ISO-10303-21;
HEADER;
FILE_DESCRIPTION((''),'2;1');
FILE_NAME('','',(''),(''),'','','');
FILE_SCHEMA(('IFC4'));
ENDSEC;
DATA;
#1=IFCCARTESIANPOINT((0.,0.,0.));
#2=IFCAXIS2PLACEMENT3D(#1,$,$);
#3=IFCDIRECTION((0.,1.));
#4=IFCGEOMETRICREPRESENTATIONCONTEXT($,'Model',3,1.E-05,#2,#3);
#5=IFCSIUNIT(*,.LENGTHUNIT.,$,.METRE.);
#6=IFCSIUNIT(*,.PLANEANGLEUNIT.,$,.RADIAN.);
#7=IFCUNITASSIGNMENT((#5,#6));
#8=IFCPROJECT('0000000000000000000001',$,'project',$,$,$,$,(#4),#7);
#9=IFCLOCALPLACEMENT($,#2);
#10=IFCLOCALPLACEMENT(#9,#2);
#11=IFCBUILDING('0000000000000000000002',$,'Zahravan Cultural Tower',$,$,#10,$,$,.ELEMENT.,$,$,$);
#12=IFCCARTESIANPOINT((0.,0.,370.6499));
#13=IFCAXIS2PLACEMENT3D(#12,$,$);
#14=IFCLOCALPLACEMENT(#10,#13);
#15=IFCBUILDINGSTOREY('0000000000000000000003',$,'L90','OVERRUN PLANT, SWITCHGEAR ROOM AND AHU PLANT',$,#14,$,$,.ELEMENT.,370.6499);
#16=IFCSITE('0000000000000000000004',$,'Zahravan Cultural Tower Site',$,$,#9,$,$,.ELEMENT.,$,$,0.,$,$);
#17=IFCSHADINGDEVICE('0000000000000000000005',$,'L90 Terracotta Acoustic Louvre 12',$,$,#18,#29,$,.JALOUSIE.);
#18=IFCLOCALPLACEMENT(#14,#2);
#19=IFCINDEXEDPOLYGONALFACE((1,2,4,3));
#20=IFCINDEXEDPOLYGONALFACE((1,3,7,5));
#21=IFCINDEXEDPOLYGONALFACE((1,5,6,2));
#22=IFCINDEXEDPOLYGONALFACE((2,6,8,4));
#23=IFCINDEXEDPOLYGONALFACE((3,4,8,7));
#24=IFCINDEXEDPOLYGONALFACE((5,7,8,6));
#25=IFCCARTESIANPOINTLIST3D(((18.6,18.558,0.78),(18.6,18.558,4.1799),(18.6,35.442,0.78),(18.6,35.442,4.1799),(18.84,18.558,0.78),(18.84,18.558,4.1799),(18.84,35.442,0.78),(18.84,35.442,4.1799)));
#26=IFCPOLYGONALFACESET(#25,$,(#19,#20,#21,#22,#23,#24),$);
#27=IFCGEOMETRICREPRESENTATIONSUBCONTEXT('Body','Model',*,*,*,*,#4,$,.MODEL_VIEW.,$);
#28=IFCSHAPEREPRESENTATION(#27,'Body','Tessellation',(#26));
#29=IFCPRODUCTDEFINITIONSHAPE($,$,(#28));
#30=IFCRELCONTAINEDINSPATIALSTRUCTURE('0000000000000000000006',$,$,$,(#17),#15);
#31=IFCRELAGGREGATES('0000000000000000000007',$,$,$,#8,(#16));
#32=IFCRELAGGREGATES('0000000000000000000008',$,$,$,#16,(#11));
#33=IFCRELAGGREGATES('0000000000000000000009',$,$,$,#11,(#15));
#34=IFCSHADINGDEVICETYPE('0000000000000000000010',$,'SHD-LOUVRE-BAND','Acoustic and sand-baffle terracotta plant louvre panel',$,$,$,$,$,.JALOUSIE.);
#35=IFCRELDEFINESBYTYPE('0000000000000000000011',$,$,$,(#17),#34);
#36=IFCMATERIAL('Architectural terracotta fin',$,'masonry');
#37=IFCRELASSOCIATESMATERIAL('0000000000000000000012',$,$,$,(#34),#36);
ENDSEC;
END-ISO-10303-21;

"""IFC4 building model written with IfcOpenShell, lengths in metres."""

from ifc_helpers import new_model, si_unit, direction, frame, origin, origin_2d, place, context, subcontext, project, spatial, rectangle, extrude, source, transform, mapped, material, type_object, element, save


model = new_model("IFC4")

# Units and contexts
model_context = context("Model", 3, precision=1e-05, world=origin(), true_north=direction((0.0, 1.0)))
body_context = subcontext(model_context, "Body", "Model", "MODEL_VIEW")
ifc_project = project(units=[si_unit("LENGTHUNIT", "METRE"), si_unit("PLANEANGLEUNIT", "RADIAN")], contexts=[model_context])

# Site, building, storey
site_placement = place(None, origin())
site = spatial("IfcSite", under=ifc_project, at=site_placement, Name="Zahravan Cultural Tower Site", CompositionType="ELEMENT", RefElevation=0.0)
building_placement = place(site_placement, origin())
building = spatial("IfcBuilding", under=site, at=building_placement, Name="Zahravan Cultural Tower", CompositionType="ELEMENT")
storey_placement = place(building_placement, frame((0.0, 0.0, 370.6499)))
storey = spatial("IfcBuildingStorey", under=building, at=storey_placement, Name="L90", Description="OVERRUN PLANT, SWITCHGEAR ROOM AND AHU PLANT", CompositionType="ELEMENT", Elevation=370.6499)

# Shared definitions
ifc_material_1 = material(Name="Architectural terracotta fin", Category="masonry")
shading_device_type = type_object("IfcShadingDeviceType", Name="SHD-LOUVRE-BAND", Description="Acoustic and sand-baffle terracotta plant louvre panel", PredefinedType="JALOUSIE", material=ifc_material_1)

# Shading device
shared_shape_1 = source(origin(), body_context, "Body", "SweptSolid", [
    extrude(rectangle(XDim=16.884, YDim=0.24, at=origin_2d()), origin(), (0.0, 0.0, 1.0), 3.3999),
])
shading_device_1_placement = place(storey_placement, frame((18.72, 27.0, 0.78), z_axis=(0.0, 0.0, 1.0), x_axis=(0.0, 1.0, 0.0)))
element("IfcShadingDevice", 1, at=shading_device_1_placement, inside=storey, type_object=shading_device_type, Name="L90 Terracotta Acoustic Louvre 12", PredefinedType="JALOUSIE", context=body_context, shape_type="MappedRepresentation", body=[
    mapped(shared_shape_1, transform((0.0, 0.0, 0.0), x_axis=(1.0, 0.0, 0.0), y_axis=(0.0, 1.0, 0.0), z_axis=(0.0, 0.0, 1.0), scale=1.0)),
])

save(model, "model.ifc")
